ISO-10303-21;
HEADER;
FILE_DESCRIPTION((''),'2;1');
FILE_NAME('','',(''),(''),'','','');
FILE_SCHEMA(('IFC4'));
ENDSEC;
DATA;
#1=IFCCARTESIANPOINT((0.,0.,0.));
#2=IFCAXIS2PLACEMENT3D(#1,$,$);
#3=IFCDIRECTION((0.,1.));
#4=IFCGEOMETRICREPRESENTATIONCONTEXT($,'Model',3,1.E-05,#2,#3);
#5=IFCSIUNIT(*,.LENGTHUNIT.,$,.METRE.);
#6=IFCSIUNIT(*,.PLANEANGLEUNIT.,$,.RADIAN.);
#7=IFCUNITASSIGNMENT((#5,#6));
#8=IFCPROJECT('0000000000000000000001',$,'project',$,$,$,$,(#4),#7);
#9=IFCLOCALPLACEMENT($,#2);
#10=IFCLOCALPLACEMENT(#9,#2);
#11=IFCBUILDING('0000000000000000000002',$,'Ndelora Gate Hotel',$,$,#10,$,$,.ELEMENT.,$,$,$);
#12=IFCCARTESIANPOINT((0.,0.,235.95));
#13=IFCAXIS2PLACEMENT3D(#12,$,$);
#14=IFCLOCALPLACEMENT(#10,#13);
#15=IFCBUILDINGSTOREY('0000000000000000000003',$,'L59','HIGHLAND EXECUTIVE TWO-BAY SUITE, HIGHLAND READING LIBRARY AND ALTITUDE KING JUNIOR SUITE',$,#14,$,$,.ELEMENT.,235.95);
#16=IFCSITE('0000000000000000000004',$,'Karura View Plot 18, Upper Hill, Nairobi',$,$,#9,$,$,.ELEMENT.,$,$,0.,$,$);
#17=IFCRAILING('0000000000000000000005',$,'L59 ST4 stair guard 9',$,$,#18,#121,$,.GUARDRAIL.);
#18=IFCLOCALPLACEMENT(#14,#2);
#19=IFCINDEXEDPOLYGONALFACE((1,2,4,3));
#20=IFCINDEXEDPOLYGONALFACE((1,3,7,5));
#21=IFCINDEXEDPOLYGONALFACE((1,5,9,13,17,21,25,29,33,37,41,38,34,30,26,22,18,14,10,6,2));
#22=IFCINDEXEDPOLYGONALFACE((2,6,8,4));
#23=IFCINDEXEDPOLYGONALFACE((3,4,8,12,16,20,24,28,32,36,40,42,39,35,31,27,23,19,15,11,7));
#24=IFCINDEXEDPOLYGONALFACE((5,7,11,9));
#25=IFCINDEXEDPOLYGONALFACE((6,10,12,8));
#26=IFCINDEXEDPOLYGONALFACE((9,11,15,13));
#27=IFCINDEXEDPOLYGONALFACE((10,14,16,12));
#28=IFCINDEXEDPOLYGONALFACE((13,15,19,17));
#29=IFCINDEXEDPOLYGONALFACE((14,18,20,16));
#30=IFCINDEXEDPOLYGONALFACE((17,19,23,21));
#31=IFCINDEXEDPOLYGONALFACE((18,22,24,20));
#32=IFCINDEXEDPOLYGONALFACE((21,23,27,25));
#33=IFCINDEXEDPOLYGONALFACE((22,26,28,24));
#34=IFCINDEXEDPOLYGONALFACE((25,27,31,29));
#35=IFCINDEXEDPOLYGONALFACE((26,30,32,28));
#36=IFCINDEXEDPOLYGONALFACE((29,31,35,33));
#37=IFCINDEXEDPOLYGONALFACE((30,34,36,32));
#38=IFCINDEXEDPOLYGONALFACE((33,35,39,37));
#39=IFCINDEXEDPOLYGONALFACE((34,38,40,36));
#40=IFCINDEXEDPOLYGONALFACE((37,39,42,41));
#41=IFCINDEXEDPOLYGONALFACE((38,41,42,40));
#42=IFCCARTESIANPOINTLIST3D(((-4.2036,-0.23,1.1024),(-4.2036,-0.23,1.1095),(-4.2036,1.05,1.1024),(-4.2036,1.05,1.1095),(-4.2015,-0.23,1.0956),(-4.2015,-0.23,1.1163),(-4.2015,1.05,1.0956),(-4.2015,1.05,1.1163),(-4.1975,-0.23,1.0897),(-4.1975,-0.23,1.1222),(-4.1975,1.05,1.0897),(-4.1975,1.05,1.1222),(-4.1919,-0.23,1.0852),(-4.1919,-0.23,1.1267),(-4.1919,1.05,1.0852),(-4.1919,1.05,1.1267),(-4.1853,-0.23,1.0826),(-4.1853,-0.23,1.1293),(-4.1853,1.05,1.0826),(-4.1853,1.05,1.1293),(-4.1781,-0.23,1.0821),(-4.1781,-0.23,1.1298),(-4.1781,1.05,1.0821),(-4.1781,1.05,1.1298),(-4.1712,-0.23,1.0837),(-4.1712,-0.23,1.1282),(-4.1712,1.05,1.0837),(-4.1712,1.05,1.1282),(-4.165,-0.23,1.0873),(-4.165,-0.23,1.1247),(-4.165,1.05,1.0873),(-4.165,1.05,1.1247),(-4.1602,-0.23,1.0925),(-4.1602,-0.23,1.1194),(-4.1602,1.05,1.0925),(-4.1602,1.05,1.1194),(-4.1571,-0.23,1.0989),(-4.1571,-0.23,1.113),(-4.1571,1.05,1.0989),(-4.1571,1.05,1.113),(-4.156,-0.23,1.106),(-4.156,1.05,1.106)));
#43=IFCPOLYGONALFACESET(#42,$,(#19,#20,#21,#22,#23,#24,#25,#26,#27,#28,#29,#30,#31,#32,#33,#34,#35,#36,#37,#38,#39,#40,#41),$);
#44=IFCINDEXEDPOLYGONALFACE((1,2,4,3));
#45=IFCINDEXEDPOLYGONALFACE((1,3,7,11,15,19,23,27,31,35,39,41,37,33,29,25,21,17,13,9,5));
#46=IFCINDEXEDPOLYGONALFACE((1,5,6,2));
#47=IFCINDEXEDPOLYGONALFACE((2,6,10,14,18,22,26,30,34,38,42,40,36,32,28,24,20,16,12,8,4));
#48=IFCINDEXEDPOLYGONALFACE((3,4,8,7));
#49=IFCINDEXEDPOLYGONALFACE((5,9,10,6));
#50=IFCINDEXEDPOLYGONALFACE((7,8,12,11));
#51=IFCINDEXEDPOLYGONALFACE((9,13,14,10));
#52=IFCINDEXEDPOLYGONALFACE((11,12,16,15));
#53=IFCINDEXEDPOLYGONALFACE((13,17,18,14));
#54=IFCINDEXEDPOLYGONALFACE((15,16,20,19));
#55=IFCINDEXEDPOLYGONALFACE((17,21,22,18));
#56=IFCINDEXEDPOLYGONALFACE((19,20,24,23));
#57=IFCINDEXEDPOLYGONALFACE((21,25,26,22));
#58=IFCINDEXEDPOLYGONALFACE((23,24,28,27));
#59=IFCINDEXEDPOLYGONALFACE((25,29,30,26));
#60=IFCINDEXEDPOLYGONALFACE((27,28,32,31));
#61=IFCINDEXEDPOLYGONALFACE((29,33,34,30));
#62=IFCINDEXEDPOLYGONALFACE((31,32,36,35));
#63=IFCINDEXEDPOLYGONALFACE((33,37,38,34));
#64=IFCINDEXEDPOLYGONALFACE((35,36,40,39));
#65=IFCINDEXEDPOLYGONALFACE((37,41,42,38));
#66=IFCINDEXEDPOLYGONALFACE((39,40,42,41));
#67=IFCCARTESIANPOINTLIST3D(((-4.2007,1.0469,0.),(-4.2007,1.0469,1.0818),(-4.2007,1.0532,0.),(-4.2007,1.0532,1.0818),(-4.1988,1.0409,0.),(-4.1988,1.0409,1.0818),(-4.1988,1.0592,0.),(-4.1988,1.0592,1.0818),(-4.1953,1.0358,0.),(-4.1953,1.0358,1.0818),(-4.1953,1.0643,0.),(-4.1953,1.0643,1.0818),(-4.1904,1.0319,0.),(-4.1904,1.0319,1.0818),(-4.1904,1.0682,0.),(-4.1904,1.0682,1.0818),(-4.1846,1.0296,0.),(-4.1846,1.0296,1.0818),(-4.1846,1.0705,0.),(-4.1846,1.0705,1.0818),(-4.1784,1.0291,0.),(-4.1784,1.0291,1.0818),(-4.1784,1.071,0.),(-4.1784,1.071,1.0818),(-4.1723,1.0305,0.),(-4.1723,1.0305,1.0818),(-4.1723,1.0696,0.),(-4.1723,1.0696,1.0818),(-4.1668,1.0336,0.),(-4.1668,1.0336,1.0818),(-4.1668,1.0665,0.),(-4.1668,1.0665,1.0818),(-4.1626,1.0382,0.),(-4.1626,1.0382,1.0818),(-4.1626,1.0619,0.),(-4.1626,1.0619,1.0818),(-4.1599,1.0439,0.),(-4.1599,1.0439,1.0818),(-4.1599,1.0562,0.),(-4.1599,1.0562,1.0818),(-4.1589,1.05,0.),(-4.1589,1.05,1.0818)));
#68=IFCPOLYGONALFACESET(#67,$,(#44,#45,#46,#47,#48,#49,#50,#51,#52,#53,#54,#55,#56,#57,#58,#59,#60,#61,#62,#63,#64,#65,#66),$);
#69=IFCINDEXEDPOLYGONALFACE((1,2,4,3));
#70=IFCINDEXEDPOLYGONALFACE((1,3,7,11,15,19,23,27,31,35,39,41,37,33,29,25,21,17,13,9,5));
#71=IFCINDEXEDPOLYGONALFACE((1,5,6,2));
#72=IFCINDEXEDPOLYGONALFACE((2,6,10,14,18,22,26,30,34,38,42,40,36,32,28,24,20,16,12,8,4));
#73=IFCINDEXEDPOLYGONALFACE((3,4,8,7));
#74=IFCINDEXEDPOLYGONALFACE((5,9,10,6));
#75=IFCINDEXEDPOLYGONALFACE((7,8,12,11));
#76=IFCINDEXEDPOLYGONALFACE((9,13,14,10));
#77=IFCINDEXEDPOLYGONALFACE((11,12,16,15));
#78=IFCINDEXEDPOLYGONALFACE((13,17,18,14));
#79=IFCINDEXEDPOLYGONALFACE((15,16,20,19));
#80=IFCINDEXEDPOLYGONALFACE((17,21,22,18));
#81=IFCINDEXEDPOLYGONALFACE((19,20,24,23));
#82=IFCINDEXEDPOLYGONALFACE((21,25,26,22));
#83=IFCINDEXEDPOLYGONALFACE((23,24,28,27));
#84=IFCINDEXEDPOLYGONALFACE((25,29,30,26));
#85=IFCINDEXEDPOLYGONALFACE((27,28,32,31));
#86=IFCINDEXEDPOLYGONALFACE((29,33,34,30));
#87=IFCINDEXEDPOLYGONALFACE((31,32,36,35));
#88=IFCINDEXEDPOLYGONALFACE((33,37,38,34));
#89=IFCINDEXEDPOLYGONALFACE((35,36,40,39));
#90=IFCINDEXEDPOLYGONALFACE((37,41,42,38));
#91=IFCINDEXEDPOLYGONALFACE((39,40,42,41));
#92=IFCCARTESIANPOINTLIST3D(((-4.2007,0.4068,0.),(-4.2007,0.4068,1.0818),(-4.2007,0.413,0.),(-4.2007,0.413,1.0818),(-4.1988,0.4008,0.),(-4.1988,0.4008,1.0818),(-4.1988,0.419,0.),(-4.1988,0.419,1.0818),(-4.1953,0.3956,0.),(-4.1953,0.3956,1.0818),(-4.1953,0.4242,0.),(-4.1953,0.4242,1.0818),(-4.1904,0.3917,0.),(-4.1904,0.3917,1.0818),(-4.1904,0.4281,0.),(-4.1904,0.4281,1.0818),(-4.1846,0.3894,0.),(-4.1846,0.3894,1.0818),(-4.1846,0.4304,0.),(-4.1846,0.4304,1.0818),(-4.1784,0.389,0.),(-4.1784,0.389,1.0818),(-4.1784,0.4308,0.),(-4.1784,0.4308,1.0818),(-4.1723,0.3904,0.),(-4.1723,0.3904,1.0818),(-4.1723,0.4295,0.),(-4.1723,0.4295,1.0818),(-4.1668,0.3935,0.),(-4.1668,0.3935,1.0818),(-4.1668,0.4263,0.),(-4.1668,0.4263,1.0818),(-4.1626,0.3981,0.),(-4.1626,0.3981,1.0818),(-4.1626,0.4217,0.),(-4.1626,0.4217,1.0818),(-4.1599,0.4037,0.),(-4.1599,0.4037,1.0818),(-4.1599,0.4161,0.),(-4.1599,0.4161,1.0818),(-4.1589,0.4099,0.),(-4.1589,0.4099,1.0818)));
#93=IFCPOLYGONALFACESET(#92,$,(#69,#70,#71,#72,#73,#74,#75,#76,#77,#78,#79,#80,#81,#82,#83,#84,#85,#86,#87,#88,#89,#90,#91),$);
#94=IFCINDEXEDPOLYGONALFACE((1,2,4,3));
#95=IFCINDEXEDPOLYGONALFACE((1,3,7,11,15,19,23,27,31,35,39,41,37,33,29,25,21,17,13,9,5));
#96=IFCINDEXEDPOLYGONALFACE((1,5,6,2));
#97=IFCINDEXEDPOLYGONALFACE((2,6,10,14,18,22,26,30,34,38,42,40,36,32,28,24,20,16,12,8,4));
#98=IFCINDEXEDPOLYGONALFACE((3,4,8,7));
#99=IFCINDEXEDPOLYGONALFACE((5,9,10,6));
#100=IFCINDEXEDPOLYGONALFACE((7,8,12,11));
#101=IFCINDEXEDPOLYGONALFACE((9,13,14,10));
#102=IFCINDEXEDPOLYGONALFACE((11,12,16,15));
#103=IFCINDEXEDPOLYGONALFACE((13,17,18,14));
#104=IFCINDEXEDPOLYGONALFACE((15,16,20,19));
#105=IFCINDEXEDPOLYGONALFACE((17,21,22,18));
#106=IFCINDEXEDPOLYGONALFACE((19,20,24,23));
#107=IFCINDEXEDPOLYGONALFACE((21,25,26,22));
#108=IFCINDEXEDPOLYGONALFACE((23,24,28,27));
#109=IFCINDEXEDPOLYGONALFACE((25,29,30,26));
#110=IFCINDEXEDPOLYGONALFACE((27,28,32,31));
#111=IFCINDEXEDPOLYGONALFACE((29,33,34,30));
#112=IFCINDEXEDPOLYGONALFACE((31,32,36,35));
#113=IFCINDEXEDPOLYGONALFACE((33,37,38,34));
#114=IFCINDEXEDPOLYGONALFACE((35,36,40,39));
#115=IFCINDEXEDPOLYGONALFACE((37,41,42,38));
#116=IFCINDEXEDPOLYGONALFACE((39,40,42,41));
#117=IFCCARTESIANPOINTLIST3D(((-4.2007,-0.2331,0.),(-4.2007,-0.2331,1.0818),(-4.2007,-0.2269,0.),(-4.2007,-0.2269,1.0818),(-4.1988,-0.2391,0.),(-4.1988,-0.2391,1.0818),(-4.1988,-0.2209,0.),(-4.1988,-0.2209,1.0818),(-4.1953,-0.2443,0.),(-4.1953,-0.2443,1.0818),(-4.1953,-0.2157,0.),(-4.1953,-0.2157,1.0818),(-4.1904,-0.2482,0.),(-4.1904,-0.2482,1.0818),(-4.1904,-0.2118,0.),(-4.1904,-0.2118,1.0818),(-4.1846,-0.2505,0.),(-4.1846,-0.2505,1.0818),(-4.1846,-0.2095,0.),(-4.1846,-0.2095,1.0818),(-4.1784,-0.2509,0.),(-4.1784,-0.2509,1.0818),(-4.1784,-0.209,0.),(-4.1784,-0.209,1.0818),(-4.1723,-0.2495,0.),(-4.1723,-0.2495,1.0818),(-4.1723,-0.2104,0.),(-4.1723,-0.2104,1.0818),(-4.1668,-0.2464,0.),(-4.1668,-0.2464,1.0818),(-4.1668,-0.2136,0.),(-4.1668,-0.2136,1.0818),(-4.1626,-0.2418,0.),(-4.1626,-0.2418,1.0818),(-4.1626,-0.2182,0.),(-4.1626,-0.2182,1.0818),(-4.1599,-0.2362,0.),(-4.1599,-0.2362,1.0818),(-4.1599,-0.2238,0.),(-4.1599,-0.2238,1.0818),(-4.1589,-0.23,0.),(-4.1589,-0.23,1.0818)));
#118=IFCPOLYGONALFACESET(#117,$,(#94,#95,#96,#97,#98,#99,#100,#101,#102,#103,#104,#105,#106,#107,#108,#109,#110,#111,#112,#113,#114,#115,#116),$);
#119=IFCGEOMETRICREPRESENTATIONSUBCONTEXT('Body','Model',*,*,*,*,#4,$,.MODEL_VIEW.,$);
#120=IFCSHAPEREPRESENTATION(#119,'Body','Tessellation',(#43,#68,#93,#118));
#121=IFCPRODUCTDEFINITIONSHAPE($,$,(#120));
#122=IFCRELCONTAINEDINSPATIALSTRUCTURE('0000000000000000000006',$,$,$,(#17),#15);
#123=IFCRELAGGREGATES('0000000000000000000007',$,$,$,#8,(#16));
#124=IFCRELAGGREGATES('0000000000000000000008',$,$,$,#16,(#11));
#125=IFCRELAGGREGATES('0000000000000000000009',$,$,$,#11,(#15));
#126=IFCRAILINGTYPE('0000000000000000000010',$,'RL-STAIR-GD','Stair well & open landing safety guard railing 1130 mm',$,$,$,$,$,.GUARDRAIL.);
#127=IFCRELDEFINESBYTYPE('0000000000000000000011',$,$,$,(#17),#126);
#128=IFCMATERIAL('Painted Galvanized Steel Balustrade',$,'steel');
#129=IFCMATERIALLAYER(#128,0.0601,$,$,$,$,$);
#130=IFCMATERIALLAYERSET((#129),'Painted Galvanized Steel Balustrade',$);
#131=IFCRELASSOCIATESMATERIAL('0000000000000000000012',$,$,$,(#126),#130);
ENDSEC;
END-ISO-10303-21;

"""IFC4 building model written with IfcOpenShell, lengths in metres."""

from ifc_helpers import new_model, si_unit, direction, frame, origin, origin_2d, place, context, subcontext, project, spatial, circle, extrude, material, layer, layer_set, type_object, element, save


model = new_model("IFC4")

# Units and contexts
model_context = context("Model", 3, precision=1e-05, world=origin(), true_north=direction((0.0, 1.0)))
body_context = subcontext(model_context, "Body", "Model", "MODEL_VIEW")
ifc_project = project(units=[si_unit("LENGTHUNIT", "METRE"), si_unit("PLANEANGLEUNIT", "RADIAN")], contexts=[model_context])

# Site, building, storey
site_placement = place(None, origin())
site = spatial("IfcSite", under=ifc_project, at=site_placement, Name="Karura View Plot 18, Upper Hill, Nairobi", CompositionType="ELEMENT", RefElevation=0.0)
building_placement = place(site_placement, origin())
building = spatial("IfcBuilding", under=site, at=building_placement, Name="Ndelora Gate Hotel", CompositionType="ELEMENT")
storey_placement = place(building_placement, frame((0.0, 0.0, 235.95)))
storey = spatial("IfcBuildingStorey", under=building, at=storey_placement, Name="L59", Description="HIGHLAND EXECUTIVE TWO-BAY SUITE, HIGHLAND READING LIBRARY AND ALTITUDE KING JUNIOR SUITE", CompositionType="ELEMENT", Elevation=235.95)

# Railing
ifc_material_1 = material(Name="Painted Galvanized Steel Balustrade", Category="steel")
ifc_layer_1 = layer(ifc_material_1, 0.0601)
ifc_layer_set_1 = layer_set([ifc_layer_1], Name="Painted Galvanized Steel Balustrade")
railing_type_1 = type_object("IfcRailingType", Name="RL-STAIR-GD", Description="Stair well & open landing safety guard railing 1130 mm", PredefinedType="GUARDRAIL", material=ifc_layer_set_1)
for number, where, name in (
    (1, (-4.1799, 1.05, 0.0), "L59 ST4 stair guard 9"),
):
    element("IfcRailing", number, at=place(storey_placement, frame(where)), inside=storey, type_object=railing_type_1, Name=name, PredefinedType="GUARDRAIL", context=body_context, shape_type="SweptSolid", body=[
        extrude(circle(Radius=0.0239, at=origin_2d()), frame((0.0, 0.0, 1.106), z_axis=(0.0, -1.0, 0.0), x_axis=(1.0, 0.0, 0.0)), (0.0, 0.0, 1.0), 1.28),
        extrude(circle(Radius=0.021, at=origin_2d()), origin(), (0.0, 0.0, 1.0), 1.0818),
        extrude(circle(Radius=0.021, at=origin_2d()), frame((0.0, -0.6401, 0.0)), (0.0, 0.0, 1.0), 1.0818),
        extrude(circle(Radius=0.021, at=origin_2d()), frame((0.0, -1.28, 0.0)), (0.0, 0.0, 1.0), 1.0818),
    ])

save(model, "model.ifc")
